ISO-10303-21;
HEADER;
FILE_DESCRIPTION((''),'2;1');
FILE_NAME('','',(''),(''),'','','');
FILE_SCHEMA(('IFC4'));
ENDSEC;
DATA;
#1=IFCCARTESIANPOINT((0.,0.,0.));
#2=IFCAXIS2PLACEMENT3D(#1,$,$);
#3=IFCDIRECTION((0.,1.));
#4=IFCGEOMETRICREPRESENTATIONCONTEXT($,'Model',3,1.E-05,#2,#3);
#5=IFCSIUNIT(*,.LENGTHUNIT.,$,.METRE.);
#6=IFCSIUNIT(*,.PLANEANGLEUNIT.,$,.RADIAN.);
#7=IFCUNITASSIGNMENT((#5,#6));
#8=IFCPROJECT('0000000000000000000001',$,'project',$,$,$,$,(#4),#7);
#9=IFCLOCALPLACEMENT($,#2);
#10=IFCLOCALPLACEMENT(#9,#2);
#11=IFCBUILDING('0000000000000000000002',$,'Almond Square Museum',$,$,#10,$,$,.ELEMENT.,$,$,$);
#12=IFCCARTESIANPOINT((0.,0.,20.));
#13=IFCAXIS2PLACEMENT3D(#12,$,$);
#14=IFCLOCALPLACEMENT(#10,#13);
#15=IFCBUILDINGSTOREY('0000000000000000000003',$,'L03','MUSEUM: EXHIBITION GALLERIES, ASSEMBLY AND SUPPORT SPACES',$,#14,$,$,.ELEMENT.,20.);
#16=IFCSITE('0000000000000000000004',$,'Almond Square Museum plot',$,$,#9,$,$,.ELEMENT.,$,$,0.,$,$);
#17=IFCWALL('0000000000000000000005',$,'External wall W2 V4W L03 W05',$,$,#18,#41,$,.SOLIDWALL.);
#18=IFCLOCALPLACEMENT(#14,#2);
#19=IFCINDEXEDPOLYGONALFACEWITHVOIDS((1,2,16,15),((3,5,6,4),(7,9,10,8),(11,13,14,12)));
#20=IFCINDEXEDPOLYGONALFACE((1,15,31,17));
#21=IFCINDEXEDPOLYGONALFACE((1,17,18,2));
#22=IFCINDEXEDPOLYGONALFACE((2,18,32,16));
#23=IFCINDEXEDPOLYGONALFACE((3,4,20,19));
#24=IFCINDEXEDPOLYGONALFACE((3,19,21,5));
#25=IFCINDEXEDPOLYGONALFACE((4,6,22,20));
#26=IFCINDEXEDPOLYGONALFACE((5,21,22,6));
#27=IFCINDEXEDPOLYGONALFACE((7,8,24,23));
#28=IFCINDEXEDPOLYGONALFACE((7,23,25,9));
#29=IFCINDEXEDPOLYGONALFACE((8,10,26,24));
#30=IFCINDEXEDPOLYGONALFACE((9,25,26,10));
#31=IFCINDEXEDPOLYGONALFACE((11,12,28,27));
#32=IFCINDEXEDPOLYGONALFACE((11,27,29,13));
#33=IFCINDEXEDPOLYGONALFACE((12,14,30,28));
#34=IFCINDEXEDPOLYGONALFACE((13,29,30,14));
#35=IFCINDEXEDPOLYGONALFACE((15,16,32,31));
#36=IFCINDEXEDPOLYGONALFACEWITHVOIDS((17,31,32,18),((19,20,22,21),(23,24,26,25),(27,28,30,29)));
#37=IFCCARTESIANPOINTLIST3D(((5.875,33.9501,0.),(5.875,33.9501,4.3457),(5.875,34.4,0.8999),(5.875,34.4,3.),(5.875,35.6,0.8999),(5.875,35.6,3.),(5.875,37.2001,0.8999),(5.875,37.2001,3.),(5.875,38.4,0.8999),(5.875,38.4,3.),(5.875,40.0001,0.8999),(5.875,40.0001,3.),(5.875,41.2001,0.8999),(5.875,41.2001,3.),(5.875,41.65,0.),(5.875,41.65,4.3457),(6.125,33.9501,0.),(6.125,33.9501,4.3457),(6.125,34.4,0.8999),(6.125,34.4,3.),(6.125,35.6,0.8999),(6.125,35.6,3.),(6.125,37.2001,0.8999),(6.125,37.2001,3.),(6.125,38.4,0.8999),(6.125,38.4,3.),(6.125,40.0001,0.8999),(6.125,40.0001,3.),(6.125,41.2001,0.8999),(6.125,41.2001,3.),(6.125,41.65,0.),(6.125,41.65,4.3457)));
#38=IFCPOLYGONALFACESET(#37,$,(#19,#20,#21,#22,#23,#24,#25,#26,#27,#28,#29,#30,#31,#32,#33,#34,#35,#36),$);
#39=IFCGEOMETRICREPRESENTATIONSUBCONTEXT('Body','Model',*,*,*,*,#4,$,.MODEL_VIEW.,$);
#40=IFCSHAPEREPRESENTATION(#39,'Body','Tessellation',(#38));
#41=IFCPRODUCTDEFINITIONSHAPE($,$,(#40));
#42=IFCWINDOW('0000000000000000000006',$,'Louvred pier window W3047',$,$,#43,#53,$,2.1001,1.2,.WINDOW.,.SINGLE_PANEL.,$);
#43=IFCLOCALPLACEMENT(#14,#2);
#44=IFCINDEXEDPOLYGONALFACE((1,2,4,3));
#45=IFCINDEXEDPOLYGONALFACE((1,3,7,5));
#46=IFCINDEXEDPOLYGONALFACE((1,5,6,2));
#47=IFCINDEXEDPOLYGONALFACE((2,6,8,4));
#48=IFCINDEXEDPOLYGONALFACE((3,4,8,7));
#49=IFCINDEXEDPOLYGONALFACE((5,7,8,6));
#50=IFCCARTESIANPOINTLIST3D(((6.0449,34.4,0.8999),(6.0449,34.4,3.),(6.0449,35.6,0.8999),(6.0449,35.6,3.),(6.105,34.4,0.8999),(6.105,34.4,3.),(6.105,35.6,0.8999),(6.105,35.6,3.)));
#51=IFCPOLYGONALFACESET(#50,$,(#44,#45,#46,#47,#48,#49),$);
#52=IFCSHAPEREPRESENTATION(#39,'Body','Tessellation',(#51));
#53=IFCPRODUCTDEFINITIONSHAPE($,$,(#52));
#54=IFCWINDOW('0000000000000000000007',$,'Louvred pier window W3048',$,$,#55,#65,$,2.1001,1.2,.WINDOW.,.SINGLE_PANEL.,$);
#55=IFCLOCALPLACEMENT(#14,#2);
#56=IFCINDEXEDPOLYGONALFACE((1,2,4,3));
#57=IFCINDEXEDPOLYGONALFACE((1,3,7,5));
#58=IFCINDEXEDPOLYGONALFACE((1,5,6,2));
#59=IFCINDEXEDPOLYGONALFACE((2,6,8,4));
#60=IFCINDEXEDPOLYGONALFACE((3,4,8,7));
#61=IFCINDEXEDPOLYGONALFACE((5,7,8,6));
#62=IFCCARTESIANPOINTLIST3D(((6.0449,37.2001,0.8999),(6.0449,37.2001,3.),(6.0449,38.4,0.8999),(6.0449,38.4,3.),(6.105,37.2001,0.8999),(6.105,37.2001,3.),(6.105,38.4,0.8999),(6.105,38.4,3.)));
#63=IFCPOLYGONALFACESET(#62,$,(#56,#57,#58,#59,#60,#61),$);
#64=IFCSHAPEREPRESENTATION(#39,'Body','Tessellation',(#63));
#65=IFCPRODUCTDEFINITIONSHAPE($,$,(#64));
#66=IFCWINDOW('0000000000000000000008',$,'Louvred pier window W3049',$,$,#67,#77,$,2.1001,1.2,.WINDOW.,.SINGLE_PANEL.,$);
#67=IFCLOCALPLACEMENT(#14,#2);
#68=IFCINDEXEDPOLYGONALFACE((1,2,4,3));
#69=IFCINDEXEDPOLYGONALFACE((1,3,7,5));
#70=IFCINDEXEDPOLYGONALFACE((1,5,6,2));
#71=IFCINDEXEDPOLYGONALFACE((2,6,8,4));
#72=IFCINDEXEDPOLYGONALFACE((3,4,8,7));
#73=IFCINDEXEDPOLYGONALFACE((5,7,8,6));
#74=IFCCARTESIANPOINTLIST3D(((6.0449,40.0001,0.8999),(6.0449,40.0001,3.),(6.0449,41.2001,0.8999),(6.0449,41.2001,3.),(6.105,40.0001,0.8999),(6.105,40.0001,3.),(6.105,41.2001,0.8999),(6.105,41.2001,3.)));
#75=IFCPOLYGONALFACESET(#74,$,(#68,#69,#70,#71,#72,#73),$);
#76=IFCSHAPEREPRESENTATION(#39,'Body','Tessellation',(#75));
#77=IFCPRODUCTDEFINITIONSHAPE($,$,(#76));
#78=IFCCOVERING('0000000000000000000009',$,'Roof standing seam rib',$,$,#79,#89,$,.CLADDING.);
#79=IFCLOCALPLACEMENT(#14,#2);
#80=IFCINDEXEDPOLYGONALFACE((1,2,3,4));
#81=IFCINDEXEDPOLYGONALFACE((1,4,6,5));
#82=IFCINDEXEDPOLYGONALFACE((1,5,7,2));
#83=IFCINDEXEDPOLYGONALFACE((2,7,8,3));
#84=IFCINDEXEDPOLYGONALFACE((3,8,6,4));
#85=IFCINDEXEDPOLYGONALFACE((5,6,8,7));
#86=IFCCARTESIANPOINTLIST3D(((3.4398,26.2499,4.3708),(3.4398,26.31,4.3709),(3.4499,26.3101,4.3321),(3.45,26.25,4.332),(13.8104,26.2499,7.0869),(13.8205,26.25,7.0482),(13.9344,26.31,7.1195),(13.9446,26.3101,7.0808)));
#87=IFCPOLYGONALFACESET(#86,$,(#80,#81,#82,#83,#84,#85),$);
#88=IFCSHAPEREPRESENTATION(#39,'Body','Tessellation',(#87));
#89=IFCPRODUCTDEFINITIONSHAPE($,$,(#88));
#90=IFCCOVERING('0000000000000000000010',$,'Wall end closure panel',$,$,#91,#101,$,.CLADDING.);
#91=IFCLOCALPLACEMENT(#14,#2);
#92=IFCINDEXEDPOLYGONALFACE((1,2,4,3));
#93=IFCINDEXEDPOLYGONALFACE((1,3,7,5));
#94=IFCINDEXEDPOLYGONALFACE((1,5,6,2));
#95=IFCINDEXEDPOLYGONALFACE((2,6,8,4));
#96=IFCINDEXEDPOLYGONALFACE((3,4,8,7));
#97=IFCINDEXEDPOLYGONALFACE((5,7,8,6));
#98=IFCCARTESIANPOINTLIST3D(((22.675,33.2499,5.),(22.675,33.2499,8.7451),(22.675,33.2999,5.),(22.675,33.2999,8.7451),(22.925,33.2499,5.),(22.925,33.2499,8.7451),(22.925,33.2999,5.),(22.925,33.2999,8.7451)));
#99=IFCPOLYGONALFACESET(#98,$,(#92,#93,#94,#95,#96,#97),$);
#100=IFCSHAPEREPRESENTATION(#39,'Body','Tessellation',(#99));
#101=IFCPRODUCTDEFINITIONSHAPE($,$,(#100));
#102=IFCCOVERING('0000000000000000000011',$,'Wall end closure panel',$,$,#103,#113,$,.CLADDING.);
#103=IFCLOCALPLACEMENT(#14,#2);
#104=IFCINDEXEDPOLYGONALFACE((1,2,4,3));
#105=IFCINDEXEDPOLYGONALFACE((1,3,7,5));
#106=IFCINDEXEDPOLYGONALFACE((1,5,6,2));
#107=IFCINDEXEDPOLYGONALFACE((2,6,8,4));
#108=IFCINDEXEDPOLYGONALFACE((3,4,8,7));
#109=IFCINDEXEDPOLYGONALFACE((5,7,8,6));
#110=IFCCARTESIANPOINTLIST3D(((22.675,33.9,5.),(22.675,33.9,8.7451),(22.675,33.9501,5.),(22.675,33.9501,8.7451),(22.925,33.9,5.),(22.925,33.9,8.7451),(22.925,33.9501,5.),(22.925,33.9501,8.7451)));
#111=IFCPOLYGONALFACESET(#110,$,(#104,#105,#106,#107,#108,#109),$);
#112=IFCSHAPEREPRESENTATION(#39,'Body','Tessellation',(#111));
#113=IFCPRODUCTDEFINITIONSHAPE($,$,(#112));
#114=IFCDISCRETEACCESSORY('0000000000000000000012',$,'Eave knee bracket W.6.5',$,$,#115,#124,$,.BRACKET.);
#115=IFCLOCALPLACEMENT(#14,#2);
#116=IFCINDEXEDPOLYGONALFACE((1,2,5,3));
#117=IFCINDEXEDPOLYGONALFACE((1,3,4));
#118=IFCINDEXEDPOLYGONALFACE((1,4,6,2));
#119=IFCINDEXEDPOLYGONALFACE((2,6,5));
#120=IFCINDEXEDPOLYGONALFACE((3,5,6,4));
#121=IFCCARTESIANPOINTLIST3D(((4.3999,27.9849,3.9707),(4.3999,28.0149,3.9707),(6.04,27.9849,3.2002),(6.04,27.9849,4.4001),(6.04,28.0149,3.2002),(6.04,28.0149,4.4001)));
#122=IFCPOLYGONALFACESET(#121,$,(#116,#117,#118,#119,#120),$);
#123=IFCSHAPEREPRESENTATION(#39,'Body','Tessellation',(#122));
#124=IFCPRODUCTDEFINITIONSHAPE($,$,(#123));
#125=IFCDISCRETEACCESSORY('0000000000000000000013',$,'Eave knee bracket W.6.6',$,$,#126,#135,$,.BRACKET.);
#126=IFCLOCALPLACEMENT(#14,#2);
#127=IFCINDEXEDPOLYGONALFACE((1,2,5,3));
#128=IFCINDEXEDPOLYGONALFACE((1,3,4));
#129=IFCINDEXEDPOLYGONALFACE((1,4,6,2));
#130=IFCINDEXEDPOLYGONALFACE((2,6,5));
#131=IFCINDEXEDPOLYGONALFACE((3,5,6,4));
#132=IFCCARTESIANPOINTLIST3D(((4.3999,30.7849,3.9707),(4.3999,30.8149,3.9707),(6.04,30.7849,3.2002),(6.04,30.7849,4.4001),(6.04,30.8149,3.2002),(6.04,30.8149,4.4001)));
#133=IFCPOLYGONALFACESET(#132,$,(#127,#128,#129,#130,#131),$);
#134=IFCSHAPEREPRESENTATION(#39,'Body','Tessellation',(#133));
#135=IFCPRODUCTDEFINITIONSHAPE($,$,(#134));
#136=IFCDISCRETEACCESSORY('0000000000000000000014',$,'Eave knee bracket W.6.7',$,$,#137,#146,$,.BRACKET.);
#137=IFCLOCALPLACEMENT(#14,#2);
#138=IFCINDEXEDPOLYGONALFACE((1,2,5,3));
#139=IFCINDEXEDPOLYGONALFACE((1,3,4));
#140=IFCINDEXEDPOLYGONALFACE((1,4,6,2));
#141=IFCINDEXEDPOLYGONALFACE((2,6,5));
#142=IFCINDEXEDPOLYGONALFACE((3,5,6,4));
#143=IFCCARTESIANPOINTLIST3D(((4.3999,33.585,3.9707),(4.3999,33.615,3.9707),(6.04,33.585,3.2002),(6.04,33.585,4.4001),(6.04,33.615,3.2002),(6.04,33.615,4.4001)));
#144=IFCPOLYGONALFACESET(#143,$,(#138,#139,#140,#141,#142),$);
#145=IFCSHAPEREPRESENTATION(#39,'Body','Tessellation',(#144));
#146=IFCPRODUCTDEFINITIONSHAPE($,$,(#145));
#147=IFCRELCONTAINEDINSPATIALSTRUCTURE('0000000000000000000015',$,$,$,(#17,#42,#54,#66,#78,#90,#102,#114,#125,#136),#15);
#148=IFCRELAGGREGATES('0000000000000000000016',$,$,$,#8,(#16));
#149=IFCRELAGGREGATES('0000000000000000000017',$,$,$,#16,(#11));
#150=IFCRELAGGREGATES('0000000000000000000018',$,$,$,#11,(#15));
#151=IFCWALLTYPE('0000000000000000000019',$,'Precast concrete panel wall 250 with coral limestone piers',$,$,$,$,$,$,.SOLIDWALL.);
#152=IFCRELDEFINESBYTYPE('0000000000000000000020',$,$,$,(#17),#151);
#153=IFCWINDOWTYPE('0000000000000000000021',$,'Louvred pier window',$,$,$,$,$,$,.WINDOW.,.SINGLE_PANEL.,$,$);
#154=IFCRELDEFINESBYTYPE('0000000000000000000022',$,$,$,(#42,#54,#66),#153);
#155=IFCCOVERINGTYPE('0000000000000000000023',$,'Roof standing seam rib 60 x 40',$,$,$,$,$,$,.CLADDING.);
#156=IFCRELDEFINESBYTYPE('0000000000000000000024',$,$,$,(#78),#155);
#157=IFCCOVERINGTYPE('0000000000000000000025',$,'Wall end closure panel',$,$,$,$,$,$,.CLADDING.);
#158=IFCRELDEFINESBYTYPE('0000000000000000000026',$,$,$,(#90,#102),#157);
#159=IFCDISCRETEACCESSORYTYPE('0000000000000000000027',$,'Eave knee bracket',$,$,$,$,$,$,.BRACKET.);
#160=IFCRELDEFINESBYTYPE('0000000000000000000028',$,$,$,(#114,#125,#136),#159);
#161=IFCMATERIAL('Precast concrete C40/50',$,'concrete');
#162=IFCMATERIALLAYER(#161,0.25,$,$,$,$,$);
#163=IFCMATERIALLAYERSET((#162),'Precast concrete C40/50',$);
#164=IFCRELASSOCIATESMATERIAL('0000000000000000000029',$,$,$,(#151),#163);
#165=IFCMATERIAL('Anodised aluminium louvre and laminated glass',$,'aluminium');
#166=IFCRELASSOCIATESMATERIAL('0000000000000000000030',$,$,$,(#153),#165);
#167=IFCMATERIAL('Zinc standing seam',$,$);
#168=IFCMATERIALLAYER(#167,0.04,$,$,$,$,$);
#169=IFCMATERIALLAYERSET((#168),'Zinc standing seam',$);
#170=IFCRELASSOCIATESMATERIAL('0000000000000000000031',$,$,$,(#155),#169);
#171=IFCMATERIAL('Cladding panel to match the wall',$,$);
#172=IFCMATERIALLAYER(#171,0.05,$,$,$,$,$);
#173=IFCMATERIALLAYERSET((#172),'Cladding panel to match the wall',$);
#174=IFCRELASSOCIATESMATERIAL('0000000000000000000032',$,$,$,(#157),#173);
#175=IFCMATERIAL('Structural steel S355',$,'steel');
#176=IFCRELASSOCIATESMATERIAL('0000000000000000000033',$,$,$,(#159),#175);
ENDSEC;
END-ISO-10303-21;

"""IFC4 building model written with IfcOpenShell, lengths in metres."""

from ifc_helpers import new_model, si_unit, direction, frame, frame_2d, origin, origin_2d, place, context, subcontext, project, spatial, polyline, rectangle, outline, extrude, material, layer, layer_set, type_object, element, fill, save


model = new_model("IFC4")

# Units and contexts
model_context = context("Model", 3, precision=1e-05, world=origin(), true_north=direction((0.0, 1.0)))
body_context = subcontext(model_context, "Body", "Model", "MODEL_VIEW")
ifc_project = project(units=[si_unit("LENGTHUNIT", "METRE"), si_unit("PLANEANGLEUNIT", "RADIAN")], contexts=[model_context])

# Site, building, storey
site_placement = place(None, origin())
site = spatial("IfcSite", under=ifc_project, at=site_placement, Name="Almond Square Museum plot", CompositionType="ELEMENT", RefElevation=0.0)
building_placement = place(site_placement, origin())
building = spatial("IfcBuilding", under=site, at=building_placement, Name="Almond Square Museum", CompositionType="ELEMENT")
storey_placement = place(building_placement, frame((0.0, 0.0, 20.0)))
storey = spatial("IfcBuildingStorey", under=building, at=storey_placement, Name="L03", Description="MUSEUM: EXHIBITION GALLERIES, ASSEMBLY AND SUPPORT SPACES", CompositionType="ELEMENT", Elevation=20.0)

# Wall, openings, windows
ifc_material_1 = material(Name="Precast concrete C40/50", Category="concrete")
ifc_layer_1 = layer(ifc_material_1, 0.25)
ifc_layer_set_1 = layer_set([ifc_layer_1], Name="Precast concrete C40/50")
wall_type_1 = type_object("IfcWallType", Name="Precast concrete panel wall 250 with coral limestone piers", PredefinedType="SOLIDWALL", material=ifc_layer_set_1)
ifc_material_2 = material(Name="Anodised aluminium louvre and laminated glass", Category="aluminium")
window_type = type_object("IfcWindowType", Name="Louvred pier window", PartitioningType="SINGLE_PANEL", PredefinedType="WINDOW", material=ifc_material_2)
wall_1_placement = place(storey_placement, frame((6.0, 33.95, 0.0), z_axis=(0.0, 0.0, 1.0), x_axis=(0.0, 1.0, 0.0)))
wall_1 = element("IfcWall", 1, at=wall_1_placement, inside=storey, type_object=wall_type_1, Name="External wall W2 V4W L03 W05", PredefinedType="SOLIDWALL", context=body_context, shape_type="SweptSolid", body=[
    extrude(rectangle(XDim=7.7, YDim=0.25, at=frame_2d((3.8501, 0.0))), origin(), (0.0, 0.0, 1.0), 4.3457),
])
opening_1_placement = place(wall_1_placement, frame((0.45, 0.0, 0.8999)))
opening_1 = element("IfcOpeningElement", 2, at=opening_1_placement, cuts=wall_1, PredefinedType="OPENING", context=body_context, shape_type="SweptSolid", body=[
    extrude(rectangle(XDim=1.2, YDim=2.1001, at=frame_2d((0.6001, 1.05))), frame((0.0, 0.135, 0.0), z_axis=(0.0, -1.0, 0.0), x_axis=(1.0, 0.0, 0.0)), (0.0, 0.0, 1.0), 0.27),
])
opening_2_placement = place(wall_1_placement, frame((3.25, 0.0, 0.8999)))
opening_2 = element("IfcOpeningElement", 3, at=opening_2_placement, cuts=wall_1, PredefinedType="OPENING", context=body_context, shape_type="SweptSolid", body=[
    extrude(rectangle(XDim=1.2, YDim=2.1001, at=frame_2d((0.6001, 1.05))), frame((0.0, 0.135, 0.0), z_axis=(0.0, -1.0, 0.0), x_axis=(1.0, 0.0, 0.0)), (0.0, 0.0, 1.0), 0.27),
])
opening_3_placement = place(wall_1_placement, frame((6.05, 0.0, 0.8999)))
opening_3 = element("IfcOpeningElement", 4, at=opening_3_placement, cuts=wall_1, PredefinedType="OPENING", context=body_context, shape_type="SweptSolid", body=[
    extrude(rectangle(XDim=1.2, YDim=2.1001, at=frame_2d((0.6001, 1.05))), frame((0.0, 0.135, 0.0), z_axis=(0.0, -1.0, 0.0), x_axis=(1.0, 0.0, 0.0)), (0.0, 0.0, 1.0), 0.27),
])
window_1_placement = place(opening_1_placement, origin())
window_1 = element("IfcWindow", 5, at=window_1_placement, inside=storey, type_object=window_type, Name="Louvred pier window W3047", OverallHeight=2.1001, OverallWidth=1.2, PartitioningType="SINGLE_PANEL", PredefinedType="WINDOW", context=body_context, shape_type="SweptSolid", body=[
    extrude(rectangle(XDim=1.2, YDim=2.1001, at=frame_2d((0.6001, 1.05))), frame((0.0, -0.0449, 0.0), z_axis=(0.0, -1.0, 0.0), x_axis=(1.0, 0.0, 0.0)), (0.0, 0.0, 1.0), 0.0601),
])
fill(opening_1, window_1)
window_2_placement = place(opening_2_placement, origin())
window_2 = element("IfcWindow", 6, at=window_2_placement, inside=storey, type_object=window_type, Name="Louvred pier window W3048", OverallHeight=2.1001, OverallWidth=1.2, PartitioningType="SINGLE_PANEL", PredefinedType="WINDOW", context=body_context, shape_type="SweptSolid", body=[
    extrude(rectangle(XDim=1.2, YDim=2.1001, at=frame_2d((0.6001, 1.05))), frame((0.0, -0.0449, 0.0), z_axis=(0.0, -1.0, 0.0), x_axis=(1.0, 0.0, 0.0)), (0.0, 0.0, 1.0), 0.0601),
])
fill(opening_2, window_2)
window_3_placement = place(opening_3_placement, origin())
window_3 = element("IfcWindow", 7, at=window_3_placement, inside=storey, type_object=window_type, Name="Louvred pier window W3049", OverallHeight=2.1001, OverallWidth=1.2, PartitioningType="SINGLE_PANEL", PredefinedType="WINDOW", context=body_context, shape_type="SweptSolid", body=[
    extrude(rectangle(XDim=1.2, YDim=2.1001, at=frame_2d((0.6001, 1.05))), frame((0.0, -0.0449, 0.0), z_axis=(0.0, -1.0, 0.0), x_axis=(1.0, 0.0, 0.0)), (0.0, 0.0, 1.0), 0.0601),
])
fill(opening_3, window_3)

# Coverings
ifc_material_3 = material(Name="Zinc standing seam")
ifc_layer_2 = layer(ifc_material_3, 0.04)
ifc_layer_set_2 = layer_set([ifc_layer_2], Name="Zinc standing seam")
covering_type_1 = type_object("IfcCoveringType", Name="Roof standing seam rib 60 x 40", PredefinedType="CLADDING", material=ifc_layer_set_2)
covering_placement = place(storey_placement, frame((13.9446, 26.3101, 7.0808), z_axis=(-0.253365, -0.001866, 0.967369), x_axis=(-0.967371, 0.0, -0.253365)))
element("IfcCovering", 8, at=covering_placement, inside=storey, type_object=covering_type_1, Name="Roof standing seam rib", PredefinedType="CLADDING", context=body_context, shape_type="SweptSolid", body=[
    extrude(outline(polyline([(0.0, 0.0), (10.8486, 0.0), (10.8486, 0.0601), (0.1283, 0.0601), (0.0, 0.0)])), origin(), (0.0, 0.0, 1.0), 0.04),
])
ifc_material_4 = material(Name="Cladding panel to match the wall")
ifc_layer_3 = layer(ifc_material_4, 0.05)
ifc_layer_set_3 = layer_set([ifc_layer_3], Name="Cladding panel to match the wall")
covering_type_2 = type_object("IfcCoveringType", Name="Wall end closure panel", PredefinedType="CLADDING", material=ifc_layer_set_3)
for number, where, z_axis, x_axis, name in (
    (9, (22.8, 33.2749, 5.0), (0.0, 0.0, 1.0), (1.0, 0.0, 0.0), "Wall end closure panel"),
    (10, (22.8, 33.925, 5.0), (0.0, 0.0, 1.0), (1.0, 0.0, 0.0), "Wall end closure panel"),
):
    element("IfcCovering", number, at=place(storey_placement, frame(where, z_axis=z_axis, x_axis=x_axis)), inside=storey, type_object=covering_type_2, Name=name, PredefinedType="CLADDING", context=body_context, shape_type="SweptSolid", body=[
        extrude(rectangle(XDim=0.25, YDim=0.05, at=origin_2d()), origin(), (0.0, 0.0, 1.0), 3.7451),
    ])

# Discrete accessories
ifc_material_5 = material(Name="Structural steel S355", Category="steel")
discrete_accessory_type = type_object("IfcDiscreteAccessoryType", Name="Eave knee bracket", PredefinedType="BRACKET", material=ifc_material_5)
for number, where, z_axis, x_axis, name in (
    (11, (6.04, 28.0, 4.4001), (0.0, 1.0, 0.0), (0.0, 0.0, -1.0), "Eave knee bracket W.6.5"),
    (12, (6.04, 30.8, 4.4001), (0.0, 1.0, 0.0), (0.0, 0.0, -1.0), "Eave knee bracket W.6.6"),
    (13, (6.04, 33.6001, 4.4001), (0.0, 1.0, 0.0), (0.0, 0.0, -1.0), "Eave knee bracket W.6.7"),
):
    element("IfcDiscreteAccessory", number, at=place(storey_placement, frame(where, z_axis=z_axis, x_axis=x_axis)), inside=storey, type_object=discrete_accessory_type, Name=name, PredefinedType="BRACKET", context=body_context, shape_type="SweptSolid", body=[
        extrude(outline(polyline([(0.0, 0.0), (1.2, 0.0), (0.4294, 1.6401), (0.0, 0.0)])), frame((0.0, 0.0, -0.0151)), (0.0, 0.0, 1.0), 0.03),
    ])

save(model, "model.ifc")
